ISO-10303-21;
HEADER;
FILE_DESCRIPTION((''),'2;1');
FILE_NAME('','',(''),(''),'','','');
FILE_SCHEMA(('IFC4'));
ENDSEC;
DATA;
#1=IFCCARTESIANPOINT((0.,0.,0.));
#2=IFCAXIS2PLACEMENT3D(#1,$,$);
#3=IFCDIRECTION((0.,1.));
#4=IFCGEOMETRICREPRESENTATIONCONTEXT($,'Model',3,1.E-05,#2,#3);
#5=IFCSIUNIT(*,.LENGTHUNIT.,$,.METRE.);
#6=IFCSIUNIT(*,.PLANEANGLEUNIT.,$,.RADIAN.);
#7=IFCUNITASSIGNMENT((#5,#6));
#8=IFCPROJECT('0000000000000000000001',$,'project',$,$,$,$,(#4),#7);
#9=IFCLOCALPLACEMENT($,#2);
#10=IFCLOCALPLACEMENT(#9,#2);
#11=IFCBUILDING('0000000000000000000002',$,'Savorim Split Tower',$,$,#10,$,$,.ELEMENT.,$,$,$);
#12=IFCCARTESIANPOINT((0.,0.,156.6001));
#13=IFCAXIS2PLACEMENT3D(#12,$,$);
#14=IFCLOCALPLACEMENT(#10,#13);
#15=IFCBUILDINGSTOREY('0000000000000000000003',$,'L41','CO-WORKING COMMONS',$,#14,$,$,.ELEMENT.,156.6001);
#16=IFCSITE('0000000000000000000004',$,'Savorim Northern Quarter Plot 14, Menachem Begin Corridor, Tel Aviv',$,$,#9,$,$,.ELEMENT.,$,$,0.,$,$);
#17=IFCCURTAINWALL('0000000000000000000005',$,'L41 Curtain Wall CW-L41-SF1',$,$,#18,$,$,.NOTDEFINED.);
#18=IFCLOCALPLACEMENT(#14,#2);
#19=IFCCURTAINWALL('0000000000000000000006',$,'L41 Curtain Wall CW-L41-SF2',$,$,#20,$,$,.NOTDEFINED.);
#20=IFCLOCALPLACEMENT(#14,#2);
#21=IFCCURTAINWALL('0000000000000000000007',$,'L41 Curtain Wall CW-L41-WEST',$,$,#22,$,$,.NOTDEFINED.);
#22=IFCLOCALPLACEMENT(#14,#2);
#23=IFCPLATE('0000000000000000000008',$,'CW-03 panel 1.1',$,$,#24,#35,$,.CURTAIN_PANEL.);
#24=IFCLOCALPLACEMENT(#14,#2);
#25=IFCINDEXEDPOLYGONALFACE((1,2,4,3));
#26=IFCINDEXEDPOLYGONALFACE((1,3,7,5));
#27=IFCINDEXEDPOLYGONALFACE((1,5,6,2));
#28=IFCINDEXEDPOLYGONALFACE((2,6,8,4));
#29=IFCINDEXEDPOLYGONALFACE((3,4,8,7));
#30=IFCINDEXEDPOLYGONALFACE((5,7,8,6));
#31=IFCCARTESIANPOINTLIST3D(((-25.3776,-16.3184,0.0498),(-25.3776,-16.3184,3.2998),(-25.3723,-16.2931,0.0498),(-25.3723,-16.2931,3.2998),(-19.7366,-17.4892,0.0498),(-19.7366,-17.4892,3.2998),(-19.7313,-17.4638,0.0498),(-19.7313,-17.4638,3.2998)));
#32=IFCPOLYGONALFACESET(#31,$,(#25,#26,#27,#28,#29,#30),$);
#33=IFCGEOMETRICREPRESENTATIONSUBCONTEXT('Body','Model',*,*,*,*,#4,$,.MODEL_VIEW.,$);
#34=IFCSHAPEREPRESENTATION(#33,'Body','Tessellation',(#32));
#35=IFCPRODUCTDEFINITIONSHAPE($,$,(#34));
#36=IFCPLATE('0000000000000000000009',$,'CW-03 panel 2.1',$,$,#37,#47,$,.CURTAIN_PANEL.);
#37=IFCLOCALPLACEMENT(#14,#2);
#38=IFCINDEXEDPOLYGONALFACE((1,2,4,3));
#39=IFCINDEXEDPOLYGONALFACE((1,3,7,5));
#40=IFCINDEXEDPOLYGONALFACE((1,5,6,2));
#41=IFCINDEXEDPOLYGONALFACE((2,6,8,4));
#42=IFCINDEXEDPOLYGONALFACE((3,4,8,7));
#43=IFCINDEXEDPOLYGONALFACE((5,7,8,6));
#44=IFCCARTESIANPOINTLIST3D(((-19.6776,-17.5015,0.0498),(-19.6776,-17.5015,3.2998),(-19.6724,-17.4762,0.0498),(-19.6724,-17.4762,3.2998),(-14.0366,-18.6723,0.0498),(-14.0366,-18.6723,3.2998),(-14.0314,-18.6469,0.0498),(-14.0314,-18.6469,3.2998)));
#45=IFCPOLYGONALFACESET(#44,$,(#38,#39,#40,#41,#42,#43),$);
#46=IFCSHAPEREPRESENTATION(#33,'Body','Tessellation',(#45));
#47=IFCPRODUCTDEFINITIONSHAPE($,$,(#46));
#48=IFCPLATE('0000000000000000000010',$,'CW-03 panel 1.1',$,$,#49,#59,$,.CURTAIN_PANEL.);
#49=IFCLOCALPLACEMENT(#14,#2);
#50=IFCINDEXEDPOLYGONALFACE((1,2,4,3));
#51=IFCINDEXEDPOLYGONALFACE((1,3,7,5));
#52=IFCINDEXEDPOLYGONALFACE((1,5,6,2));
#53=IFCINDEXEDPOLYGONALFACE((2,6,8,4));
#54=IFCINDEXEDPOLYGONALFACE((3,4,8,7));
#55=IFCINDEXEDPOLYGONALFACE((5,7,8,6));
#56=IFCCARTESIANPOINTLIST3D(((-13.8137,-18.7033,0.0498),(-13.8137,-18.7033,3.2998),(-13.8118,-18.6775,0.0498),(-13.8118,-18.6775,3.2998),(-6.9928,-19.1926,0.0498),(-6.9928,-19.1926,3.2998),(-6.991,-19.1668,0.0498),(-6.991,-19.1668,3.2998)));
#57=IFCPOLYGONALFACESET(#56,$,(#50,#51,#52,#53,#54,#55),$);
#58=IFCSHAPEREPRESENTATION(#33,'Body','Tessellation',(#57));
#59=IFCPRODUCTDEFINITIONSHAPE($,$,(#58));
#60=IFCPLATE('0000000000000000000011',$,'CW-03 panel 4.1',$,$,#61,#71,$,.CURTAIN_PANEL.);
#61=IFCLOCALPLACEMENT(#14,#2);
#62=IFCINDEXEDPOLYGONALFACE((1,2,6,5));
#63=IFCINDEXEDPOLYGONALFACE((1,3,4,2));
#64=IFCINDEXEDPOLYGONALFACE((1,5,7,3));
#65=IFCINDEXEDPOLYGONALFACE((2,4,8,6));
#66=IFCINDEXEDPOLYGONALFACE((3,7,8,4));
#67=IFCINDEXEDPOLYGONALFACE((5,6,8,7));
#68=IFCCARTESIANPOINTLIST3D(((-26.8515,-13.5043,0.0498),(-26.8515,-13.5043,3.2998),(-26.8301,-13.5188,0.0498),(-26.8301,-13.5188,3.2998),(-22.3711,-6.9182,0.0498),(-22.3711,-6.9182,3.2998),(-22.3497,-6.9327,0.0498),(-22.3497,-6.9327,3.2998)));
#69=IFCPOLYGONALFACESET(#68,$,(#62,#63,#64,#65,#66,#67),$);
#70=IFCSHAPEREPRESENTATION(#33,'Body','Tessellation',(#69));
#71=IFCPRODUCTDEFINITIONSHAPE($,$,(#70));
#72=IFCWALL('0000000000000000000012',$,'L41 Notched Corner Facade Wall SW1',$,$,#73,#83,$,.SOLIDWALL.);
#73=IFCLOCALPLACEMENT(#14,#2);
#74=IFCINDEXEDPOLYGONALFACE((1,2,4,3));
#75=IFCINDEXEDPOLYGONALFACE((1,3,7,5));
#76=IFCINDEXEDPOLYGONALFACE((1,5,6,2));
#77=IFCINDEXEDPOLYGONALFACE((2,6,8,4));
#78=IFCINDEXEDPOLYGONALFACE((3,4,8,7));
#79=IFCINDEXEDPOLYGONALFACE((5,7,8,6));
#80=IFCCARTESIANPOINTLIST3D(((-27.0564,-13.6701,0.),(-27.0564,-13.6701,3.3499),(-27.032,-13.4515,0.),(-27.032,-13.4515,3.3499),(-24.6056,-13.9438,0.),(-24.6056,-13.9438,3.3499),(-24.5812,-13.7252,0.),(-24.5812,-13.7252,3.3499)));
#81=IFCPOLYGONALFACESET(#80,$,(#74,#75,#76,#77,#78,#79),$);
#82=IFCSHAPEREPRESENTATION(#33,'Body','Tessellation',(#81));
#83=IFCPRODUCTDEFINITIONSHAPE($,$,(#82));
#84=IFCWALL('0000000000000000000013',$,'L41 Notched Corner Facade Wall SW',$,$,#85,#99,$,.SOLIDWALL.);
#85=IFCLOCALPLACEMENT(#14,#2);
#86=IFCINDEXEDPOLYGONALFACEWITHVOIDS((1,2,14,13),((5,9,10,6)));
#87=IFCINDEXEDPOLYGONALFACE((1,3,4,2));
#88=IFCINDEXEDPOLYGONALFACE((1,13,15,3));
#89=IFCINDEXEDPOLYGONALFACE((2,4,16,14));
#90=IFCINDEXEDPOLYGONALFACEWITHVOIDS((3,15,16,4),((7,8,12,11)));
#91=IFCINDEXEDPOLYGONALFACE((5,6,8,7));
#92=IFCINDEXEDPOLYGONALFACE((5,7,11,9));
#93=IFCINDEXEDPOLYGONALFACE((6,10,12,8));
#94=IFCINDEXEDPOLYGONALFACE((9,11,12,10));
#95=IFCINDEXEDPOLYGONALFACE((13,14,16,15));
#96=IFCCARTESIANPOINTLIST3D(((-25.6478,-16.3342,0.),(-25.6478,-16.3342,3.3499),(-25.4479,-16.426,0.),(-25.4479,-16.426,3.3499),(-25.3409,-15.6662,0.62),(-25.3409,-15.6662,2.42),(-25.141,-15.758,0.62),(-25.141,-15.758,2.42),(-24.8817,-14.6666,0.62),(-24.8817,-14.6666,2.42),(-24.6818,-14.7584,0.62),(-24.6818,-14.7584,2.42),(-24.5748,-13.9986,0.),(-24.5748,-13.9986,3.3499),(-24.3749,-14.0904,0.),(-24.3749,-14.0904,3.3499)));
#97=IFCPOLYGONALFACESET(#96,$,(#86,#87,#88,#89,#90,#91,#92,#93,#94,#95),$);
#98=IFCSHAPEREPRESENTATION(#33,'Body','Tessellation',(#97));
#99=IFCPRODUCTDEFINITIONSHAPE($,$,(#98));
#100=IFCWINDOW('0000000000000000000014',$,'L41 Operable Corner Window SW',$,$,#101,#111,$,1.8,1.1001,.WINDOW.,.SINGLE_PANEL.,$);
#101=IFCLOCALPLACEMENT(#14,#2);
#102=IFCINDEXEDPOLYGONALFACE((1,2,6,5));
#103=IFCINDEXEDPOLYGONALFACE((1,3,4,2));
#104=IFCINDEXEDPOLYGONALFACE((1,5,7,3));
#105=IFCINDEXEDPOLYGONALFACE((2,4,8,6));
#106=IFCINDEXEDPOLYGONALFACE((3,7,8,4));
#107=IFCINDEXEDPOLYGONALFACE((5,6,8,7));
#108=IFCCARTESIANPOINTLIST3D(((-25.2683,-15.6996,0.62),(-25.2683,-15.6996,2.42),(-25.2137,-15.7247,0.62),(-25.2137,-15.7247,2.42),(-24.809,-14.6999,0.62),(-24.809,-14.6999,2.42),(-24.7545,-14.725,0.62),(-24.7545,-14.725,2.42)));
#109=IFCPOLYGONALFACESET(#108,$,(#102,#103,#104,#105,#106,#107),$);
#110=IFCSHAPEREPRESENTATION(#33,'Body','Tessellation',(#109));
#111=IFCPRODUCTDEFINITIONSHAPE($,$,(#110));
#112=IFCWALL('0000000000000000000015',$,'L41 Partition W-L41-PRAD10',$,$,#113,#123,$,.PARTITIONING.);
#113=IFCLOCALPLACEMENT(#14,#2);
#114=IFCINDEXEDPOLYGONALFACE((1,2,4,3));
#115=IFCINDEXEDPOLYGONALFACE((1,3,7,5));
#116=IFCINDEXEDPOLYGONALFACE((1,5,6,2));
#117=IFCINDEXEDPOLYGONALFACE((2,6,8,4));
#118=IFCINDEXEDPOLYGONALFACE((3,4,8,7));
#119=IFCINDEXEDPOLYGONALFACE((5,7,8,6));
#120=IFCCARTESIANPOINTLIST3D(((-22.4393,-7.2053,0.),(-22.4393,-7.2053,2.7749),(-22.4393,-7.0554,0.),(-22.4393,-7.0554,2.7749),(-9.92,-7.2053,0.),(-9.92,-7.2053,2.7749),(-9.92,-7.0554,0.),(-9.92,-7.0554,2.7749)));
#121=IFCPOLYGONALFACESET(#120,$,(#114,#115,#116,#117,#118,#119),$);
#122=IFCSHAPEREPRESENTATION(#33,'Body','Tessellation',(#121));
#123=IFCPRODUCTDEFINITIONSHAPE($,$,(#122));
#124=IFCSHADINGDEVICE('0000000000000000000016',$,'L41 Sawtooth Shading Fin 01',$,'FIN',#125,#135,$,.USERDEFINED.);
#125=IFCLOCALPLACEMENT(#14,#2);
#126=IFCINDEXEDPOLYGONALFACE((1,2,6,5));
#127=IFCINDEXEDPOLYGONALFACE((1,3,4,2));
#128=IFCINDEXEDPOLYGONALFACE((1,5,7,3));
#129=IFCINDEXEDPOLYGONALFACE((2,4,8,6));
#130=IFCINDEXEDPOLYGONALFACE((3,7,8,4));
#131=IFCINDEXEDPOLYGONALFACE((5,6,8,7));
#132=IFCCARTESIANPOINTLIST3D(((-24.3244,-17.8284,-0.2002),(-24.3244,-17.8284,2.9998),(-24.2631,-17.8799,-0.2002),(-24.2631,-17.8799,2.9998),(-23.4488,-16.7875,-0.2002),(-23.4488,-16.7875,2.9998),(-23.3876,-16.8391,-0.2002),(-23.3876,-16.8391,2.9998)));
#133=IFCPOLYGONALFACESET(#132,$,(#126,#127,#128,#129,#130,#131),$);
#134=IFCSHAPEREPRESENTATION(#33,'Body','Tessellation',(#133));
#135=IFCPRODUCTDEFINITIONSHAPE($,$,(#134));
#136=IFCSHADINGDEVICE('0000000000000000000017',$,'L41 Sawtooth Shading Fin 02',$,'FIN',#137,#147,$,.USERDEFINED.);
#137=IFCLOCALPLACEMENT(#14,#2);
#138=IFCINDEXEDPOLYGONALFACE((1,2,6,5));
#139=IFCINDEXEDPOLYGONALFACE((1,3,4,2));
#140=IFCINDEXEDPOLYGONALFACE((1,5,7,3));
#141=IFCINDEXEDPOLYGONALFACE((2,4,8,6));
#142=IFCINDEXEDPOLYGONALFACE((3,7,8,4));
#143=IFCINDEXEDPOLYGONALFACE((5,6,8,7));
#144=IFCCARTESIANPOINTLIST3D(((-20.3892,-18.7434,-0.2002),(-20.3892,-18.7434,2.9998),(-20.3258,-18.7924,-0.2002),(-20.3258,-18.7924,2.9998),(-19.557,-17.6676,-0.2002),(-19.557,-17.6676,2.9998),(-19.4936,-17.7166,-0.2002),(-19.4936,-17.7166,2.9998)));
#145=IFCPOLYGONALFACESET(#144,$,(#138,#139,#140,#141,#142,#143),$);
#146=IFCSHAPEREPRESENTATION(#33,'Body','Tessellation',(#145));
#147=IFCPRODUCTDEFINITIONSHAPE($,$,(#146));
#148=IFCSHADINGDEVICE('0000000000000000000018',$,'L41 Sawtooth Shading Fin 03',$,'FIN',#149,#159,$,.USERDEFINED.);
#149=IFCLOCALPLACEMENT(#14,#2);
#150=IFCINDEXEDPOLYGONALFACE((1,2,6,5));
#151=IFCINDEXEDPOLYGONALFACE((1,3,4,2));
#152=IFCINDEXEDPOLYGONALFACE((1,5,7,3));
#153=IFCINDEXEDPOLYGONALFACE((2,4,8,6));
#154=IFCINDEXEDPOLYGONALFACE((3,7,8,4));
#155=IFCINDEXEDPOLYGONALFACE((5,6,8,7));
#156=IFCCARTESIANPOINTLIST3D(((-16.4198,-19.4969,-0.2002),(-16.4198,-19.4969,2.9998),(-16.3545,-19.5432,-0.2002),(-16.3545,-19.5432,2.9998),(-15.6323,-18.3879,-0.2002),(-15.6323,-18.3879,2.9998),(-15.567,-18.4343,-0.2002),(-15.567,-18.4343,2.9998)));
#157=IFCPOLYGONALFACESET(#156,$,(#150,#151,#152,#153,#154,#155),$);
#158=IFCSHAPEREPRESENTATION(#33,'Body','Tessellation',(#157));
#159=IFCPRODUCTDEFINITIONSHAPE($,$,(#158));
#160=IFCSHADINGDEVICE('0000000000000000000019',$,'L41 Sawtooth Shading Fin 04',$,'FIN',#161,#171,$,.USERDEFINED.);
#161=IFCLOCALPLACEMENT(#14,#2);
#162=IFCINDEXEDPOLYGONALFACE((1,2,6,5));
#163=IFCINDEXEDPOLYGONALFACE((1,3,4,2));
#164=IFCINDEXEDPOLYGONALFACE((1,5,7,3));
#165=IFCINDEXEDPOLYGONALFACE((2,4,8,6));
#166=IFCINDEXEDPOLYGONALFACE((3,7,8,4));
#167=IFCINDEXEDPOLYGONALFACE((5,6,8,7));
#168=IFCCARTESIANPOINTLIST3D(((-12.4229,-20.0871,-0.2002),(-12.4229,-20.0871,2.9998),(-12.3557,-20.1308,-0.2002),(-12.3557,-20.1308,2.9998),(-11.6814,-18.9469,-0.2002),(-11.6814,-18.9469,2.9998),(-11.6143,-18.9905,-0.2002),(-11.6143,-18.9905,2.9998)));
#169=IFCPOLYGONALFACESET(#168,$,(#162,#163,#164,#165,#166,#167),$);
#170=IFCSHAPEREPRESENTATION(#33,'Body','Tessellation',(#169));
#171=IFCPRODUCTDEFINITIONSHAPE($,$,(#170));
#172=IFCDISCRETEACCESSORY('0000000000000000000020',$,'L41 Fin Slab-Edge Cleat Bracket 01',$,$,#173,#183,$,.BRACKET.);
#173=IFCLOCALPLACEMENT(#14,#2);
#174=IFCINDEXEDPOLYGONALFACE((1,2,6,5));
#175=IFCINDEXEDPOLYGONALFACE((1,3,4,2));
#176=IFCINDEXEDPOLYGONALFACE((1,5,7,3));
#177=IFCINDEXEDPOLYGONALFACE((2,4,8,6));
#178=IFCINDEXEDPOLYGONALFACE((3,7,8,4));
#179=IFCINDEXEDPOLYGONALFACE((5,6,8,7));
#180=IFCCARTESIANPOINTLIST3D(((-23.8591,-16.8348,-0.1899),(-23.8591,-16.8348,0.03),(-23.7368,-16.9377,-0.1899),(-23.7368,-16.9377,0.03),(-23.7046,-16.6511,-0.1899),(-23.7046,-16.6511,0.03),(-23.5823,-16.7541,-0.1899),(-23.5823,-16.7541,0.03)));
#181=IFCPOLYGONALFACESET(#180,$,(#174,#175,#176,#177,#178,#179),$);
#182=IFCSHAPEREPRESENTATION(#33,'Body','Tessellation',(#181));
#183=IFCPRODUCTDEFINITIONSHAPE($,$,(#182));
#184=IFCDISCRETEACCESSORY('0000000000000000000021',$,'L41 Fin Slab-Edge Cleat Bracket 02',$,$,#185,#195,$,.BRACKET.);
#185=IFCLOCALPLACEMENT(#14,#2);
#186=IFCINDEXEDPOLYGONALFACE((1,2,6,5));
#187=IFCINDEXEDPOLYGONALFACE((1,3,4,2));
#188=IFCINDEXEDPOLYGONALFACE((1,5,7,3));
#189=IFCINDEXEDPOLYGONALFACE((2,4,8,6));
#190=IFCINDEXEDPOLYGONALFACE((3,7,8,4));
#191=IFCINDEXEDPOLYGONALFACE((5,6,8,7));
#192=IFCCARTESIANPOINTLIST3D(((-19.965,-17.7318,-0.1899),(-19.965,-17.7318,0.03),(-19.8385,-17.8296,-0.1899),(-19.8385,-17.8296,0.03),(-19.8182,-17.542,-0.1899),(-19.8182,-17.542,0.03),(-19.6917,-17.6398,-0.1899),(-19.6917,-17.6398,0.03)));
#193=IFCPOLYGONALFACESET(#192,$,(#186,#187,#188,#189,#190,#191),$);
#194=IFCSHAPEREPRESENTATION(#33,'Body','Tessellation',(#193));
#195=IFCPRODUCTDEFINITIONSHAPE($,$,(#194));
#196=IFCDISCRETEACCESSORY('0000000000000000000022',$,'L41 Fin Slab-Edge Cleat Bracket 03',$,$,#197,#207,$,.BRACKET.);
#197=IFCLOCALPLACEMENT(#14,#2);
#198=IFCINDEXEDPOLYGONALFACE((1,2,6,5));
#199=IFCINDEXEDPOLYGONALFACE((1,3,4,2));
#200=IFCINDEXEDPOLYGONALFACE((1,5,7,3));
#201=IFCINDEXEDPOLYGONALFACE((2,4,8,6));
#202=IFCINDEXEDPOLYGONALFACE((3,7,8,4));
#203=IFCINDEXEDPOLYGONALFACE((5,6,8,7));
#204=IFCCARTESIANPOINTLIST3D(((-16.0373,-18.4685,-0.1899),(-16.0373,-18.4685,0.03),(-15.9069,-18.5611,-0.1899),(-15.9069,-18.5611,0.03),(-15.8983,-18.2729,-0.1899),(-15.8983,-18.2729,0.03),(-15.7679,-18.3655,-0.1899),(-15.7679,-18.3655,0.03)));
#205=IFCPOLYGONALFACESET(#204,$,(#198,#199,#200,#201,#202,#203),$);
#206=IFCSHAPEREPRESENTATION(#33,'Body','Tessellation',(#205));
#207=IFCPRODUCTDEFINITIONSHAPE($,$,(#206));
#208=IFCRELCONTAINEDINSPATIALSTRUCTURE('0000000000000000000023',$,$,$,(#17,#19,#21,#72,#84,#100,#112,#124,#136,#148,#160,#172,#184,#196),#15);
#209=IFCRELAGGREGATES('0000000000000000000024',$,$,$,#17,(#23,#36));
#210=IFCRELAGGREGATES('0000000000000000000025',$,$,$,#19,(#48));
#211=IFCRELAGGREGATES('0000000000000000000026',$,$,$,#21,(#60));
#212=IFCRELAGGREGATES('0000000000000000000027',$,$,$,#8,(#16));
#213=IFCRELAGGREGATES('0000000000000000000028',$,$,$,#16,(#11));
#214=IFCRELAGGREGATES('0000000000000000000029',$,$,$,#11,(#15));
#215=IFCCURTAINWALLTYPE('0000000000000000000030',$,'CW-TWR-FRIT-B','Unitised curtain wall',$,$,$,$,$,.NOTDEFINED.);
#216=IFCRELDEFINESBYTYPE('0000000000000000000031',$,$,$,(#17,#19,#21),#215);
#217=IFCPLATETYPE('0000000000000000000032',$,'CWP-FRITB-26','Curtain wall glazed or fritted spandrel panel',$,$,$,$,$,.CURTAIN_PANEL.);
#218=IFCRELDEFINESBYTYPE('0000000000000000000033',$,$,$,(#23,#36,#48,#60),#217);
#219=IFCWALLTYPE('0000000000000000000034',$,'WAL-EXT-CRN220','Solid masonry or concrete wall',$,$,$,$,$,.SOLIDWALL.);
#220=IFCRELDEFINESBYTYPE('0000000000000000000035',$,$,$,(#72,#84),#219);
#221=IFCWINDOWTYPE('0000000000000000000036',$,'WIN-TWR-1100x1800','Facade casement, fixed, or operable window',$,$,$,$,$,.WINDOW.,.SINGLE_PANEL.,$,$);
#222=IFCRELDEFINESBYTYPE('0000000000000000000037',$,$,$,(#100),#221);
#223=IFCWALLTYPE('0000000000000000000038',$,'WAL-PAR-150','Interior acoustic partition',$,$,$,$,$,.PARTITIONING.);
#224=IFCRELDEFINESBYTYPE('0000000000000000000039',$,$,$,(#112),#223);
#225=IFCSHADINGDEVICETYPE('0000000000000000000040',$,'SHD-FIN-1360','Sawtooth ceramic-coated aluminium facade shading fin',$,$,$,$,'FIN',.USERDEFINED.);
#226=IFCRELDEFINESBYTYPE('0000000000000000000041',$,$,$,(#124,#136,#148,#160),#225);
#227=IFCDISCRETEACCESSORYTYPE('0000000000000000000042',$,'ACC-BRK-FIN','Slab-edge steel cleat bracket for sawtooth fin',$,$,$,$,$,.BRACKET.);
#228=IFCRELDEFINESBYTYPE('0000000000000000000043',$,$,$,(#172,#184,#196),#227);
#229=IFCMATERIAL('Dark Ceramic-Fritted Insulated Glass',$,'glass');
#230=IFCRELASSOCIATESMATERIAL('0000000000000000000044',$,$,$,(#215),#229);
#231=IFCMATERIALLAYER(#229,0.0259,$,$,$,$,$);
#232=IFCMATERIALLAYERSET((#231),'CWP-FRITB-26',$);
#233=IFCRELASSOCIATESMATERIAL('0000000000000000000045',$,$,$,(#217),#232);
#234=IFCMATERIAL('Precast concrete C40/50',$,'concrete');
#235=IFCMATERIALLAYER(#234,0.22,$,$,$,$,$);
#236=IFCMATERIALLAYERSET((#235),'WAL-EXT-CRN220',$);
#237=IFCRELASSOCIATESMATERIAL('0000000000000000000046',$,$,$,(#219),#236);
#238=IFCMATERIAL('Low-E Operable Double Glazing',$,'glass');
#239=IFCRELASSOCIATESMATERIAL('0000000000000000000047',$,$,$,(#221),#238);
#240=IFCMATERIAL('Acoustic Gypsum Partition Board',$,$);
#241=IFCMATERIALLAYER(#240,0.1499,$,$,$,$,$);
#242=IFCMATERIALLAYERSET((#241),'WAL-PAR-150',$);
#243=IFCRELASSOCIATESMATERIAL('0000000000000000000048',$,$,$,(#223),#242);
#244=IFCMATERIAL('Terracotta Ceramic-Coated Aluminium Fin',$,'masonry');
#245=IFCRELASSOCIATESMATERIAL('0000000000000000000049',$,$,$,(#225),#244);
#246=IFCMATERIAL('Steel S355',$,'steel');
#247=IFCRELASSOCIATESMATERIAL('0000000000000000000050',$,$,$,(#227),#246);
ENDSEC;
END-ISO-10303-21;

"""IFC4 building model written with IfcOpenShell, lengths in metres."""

from ifc_helpers import new_model, si_unit, direction, frame, frame_2d, origin, origin_2d, place, context, subcontext, project, spatial, rectangle, extrude, material, layer, layer_set, type_object, element, fill, aggregate, save


model = new_model("IFC4")

# Units and contexts
model_context = context("Model", 3, precision=1e-05, world=origin(), true_north=direction((0.0, 1.0)))
body_context = subcontext(model_context, "Body", "Model", "MODEL_VIEW")
ifc_project = project(units=[si_unit("LENGTHUNIT", "METRE"), si_unit("PLANEANGLEUNIT", "RADIAN")], contexts=[model_context])

# Site, building, storey
site_placement = place(None, origin())
site = spatial("IfcSite", under=ifc_project, at=site_placement, Name="Savorim Northern Quarter Plot 14, Menachem Begin Corridor, Tel Aviv", CompositionType="ELEMENT", RefElevation=0.0)
building_placement = place(site_placement, origin())
building = spatial("IfcBuilding", under=site, at=building_placement, Name="Savorim Split Tower", CompositionType="ELEMENT")
storey_placement = place(building_placement, frame((0.0, 0.0, 156.6001)))
storey = spatial("IfcBuildingStorey", under=building, at=storey_placement, Name="L41", Description="CO-WORKING COMMONS", CompositionType="ELEMENT", Elevation=156.6001)

# Shared definitions
ifc_material_1 = material(Name="Steel S355", Category="steel")

# Curtain wall
ifc_material_2 = material(Name="Dark Ceramic-Fritted Insulated Glass", Category="glass")
curtain_wall_type = type_object("IfcCurtainWallType", Name="CW-TWR-FRIT-B", Description="Unitised curtain wall", PredefinedType="NOTDEFINED", material=ifc_material_2)
curtain_wall_1_placement = place(storey_placement, origin())
curtain_wall_1 = element("IfcCurtainWall", 1, at=curtain_wall_1_placement, inside=storey, type_object=curtain_wall_type, Name="L41 Curtain Wall CW-L41-SF1", PredefinedType="NOTDEFINED")

# Curtain wall
curtain_wall_2_placement = place(storey_placement, origin())
curtain_wall_2 = element("IfcCurtainWall", 2, at=curtain_wall_2_placement, inside=storey, type_object=curtain_wall_type, Name="L41 Curtain Wall CW-L41-SF2", PredefinedType="NOTDEFINED")

# Curtain wall
curtain_wall_3_placement = place(storey_placement, origin())
curtain_wall_3 = element("IfcCurtainWall", 3, at=curtain_wall_3_placement, inside=storey, type_object=curtain_wall_type, Name="L41 Curtain Wall CW-L41-WEST", PredefinedType="NOTDEFINED")

# Plates
ifc_layer_1 = layer(ifc_material_2, 0.0259)
ifc_layer_set_1 = layer_set([ifc_layer_1], Name="CWP-FRITB-26")
plate_type = type_object("IfcPlateType", Name="CWP-FRITB-26", Description="Curtain wall glazed or fritted spandrel panel", PredefinedType="CURTAIN_PANEL", material=ifc_layer_set_1)
plate_1_placement = place(storey_placement, frame((-22.5544, -16.8911, 0.0498), z_axis=(0.0, 0.0, 1.0), x_axis=(0.979135, -0.20321, 0.0)))
plate_1 = element("IfcPlate", 4, at=plate_1_placement, type_object=plate_type, Name="CW-03 panel 1.1", PredefinedType="CURTAIN_PANEL", context=body_context, shape_type="SweptSolid", body=[
    extrude(rectangle(XDim=5.7612, YDim=0.0259, at=origin_2d()), origin(), (0.0, 0.0, 1.0), 3.25),
])
plate_2_placement = place(storey_placement, frame((-16.8545, -18.0742, 0.0498), z_axis=(0.0, 0.0, 1.0), x_axis=(0.979135, -0.20321, 0.0)))
plate_2 = element("IfcPlate", 5, at=plate_2_placement, type_object=plate_type, Name="CW-03 panel 2.1", PredefinedType="CURTAIN_PANEL", context=body_context, shape_type="SweptSolid", body=[
    extrude(rectangle(XDim=5.7612, YDim=0.0259, at=origin_2d()), origin(), (0.0, 0.0, 1.0), 3.25),
])
aggregate(curtain_wall_1, [plate_1, plate_2])
plate_3_placement = place(storey_placement, frame((-10.4023, -18.9351, 0.0498), z_axis=(0.0, 0.0, 1.0), x_axis=(0.997436, -0.071561, 0.0)))
plate_3 = element("IfcPlate", 6, at=plate_3_placement, type_object=plate_type, Name="CW-03 panel 1.1", PredefinedType="CURTAIN_PANEL", context=body_context, shape_type="SweptSolid", body=[
    extrude(rectangle(XDim=6.8384, YDim=0.0259, at=origin_2d()), origin(), (0.0, 0.0, 1.0), 3.25),
])
aggregate(curtain_wall_2, [plate_3])
plate_4_placement = place(storey_placement, frame((-24.6006, -10.2185, 0.0498), z_axis=(0.0, 0.0, 1.0), x_axis=(-0.562466, -0.82682, 0.0)))
plate_4 = element("IfcPlate", 7, at=plate_4_placement, type_object=plate_type, Name="CW-03 panel 4.1", PredefinedType="CURTAIN_PANEL", context=body_context, shape_type="SweptSolid", body=[
    extrude(rectangle(XDim=7.9656, YDim=0.0259, at=origin_2d()), origin(), (0.0, 0.0, 1.0), 3.25),
])
aggregate(curtain_wall_3, [plate_4])

# Wall
ifc_material_3 = material(Name="Precast concrete C40/50", Category="concrete")
ifc_layer_2 = layer(ifc_material_3, 0.22)
ifc_layer_set_2 = layer_set([ifc_layer_2], Name="WAL-EXT-CRN220")
wall_type_1 = type_object("IfcWallType", Name="WAL-EXT-CRN220", Description="Solid masonry or concrete wall", PredefinedType="SOLIDWALL", material=ifc_layer_set_2)
wall_1_placement = place(storey_placement, frame((-24.5935, -13.8345, 0.0), z_axis=(0.0, 0.0, 1.0), x_axis=(-0.993823, 0.110975, 0.0)))
element("IfcWall", 8, at=wall_1_placement, inside=storey, type_object=wall_type_1, Name="L41 Notched Corner Facade Wall SW1", PredefinedType="SOLIDWALL", context=body_context, shape_type="SweptSolid", body=[
    extrude(rectangle(XDim=2.4661, YDim=0.22, at=frame_2d((1.2329, 0.0))), origin(), (0.0, 0.0, 1.0), 3.3499),
])

# Wall, opening, window
wall_2_placement = place(storey_placement, frame((-25.5479, -16.3801, 0.0), z_axis=(0.0, 0.0, 1.0), x_axis=(0.417449, 0.9087, 0.0)))
wall_2 = element("IfcWall", 9, at=wall_2_placement, inside=storey, type_object=wall_type_1, Name="L41 Notched Corner Facade Wall SW", PredefinedType="SOLIDWALL", context=body_context, shape_type="SweptSolid", body=[
    extrude(rectangle(XDim=2.5703, YDim=0.22, at=frame_2d((1.2852, 0.0))), origin(), (0.0, 0.0, 1.0), 3.3499),
])
opening_placement = place(wall_2_placement, frame((0.7351, 0.0, 0.6201)))
opening = element("IfcOpeningElement", 10, at=opening_placement, cuts=wall_2, PredefinedType="OPENING", context=body_context, shape_type="SweptSolid", body=[
    extrude(rectangle(XDim=1.1001, YDim=1.8, at=frame_2d((0.55, 0.8999))), frame((0.0, 0.1199, 0.0), z_axis=(0.0, -1.0, 0.0), x_axis=(1.0, 0.0, 0.0)), (0.0, 0.0, 1.0), 0.24),
])
ifc_material_4 = material(Name="Low-E Operable Double Glazing", Category="glass")
window_type = type_object("IfcWindowType", Name="WIN-TWR-1100x1800", Description="Facade casement, fixed, or operable window", PartitioningType="SINGLE_PANEL", PredefinedType="WINDOW", material=ifc_material_4)
window_placement = place(opening_placement, origin())
window = element("IfcWindow", 11, at=window_placement, inside=storey, type_object=window_type, Name="L41 Operable Corner Window SW", OverallHeight=1.8, OverallWidth=1.1001, PartitioningType="SINGLE_PANEL", PredefinedType="WINDOW", context=body_context, shape_type="SweptSolid", body=[
    extrude(rectangle(XDim=1.1001, YDim=1.8, at=frame_2d((0.55, 0.8999))), frame((0.0, 0.03, 0.0), z_axis=(0.0, -1.0, 0.0), x_axis=(1.0, 0.0, 0.0)), (0.0, 0.0, 1.0), 0.0601),
])
fill(opening, window)

# Wall
ifc_material_5 = material(Name="Acoustic Gypsum Partition Board")
ifc_layer_3 = layer(ifc_material_5, 0.1499)
ifc_layer_set_3 = layer_set([ifc_layer_3], Name="WAL-PAR-150")
wall_type_2 = type_object("IfcWallType", Name="WAL-PAR-150", Description="Interior acoustic partition", PredefinedType="PARTITIONING", material=ifc_layer_set_3)
wall_3_placement = place(storey_placement, frame((-9.9199, -7.1304, 0.0), z_axis=(0.0, 0.0, 1.0), x_axis=(-1.0, 0.0, 0.0)))
element("IfcWall", 12, at=wall_3_placement, inside=storey, type_object=wall_type_2, Name="L41 Partition W-L41-PRAD10", PredefinedType="PARTITIONING", context=body_context, shape_type="SweptSolid", body=[
    extrude(rectangle(XDim=12.5193, YDim=0.1499, at=frame_2d((6.2598, 0.0))), origin(), (0.0, 0.0, 1.0), 2.7749),
])

# Shading devices
ifc_material_6 = material(Name="Terracotta Ceramic-Coated Aluminium Fin", Category="masonry")
shading_device_type = type_object("IfcShadingDeviceType", Name="SHD-FIN-1360", Description="Sawtooth ceramic-coated aluminium facade shading fin", ElementType="FIN", PredefinedType="USERDEFINED", material=ifc_material_6)
for number, where, z_axis, x_axis, name in (
    (13, (-23.856, -17.3337, -0.2002), (0.0, 0.0, 1.0), (-0.643719, -0.765262, 0.0), "L41 Sawtooth Shading Fin 01"),
    (14, (-19.9414, -18.23, -0.2002), (0.0, 0.0, 1.0), (-0.611868, -0.79096, 0.0), "L41 Sawtooth Shading Fin 02"),
    (15, (-15.9934, -18.9656, -0.2002), (0.0, 0.0, 1.0), (-0.578994, -0.815332, 0.0), "L41 Sawtooth Shading Fin 03"),
    (16, (-12.0186, -19.5388, -0.2002), (0.0, 0.0, 1.0), (-0.545148, -0.83834, 0.0), "L41 Sawtooth Shading Fin 04"),
):
    element("IfcShadingDevice", number, at=place(storey_placement, frame(where, z_axis=z_axis, x_axis=x_axis)), inside=storey, type_object=shading_device_type, Name=name, ObjectType="FIN", PredefinedType="USERDEFINED", context=body_context, shape_type="SweptSolid", body=[
        extrude(rectangle(XDim=1.3601, YDim=0.0801, at=origin_2d()), origin(), (0.0, 0.0, 1.0), 3.2),
    ])

# Discrete accessories
discrete_accessory_type = type_object("IfcDiscreteAccessoryType", Name="ACC-BRK-FIN", Description="Slab-edge steel cleat bracket for sawtooth fin", PredefinedType="BRACKET", material=ifc_material_1)
for number, where, z_axis, x_axis, name in (
    (17, (-23.7207, -16.7944, -0.1899), (0.0, 0.0, 1.0), (-0.643719, -0.765262, 0.0), "L41 Fin Slab-Edge Cleat Bracket 01"),
    (18, (-19.8284, -17.6858, -0.1899), (0.0, 0.0, 1.0), (-0.611868, -0.79096, 0.0), "L41 Fin Slab-Edge Cleat Bracket 02"),
    (19, (-15.9026, -18.417, -0.1899), (0.0, 0.0, 1.0), (-0.578994, -0.815332, 0.0), "L41 Fin Slab-Edge Cleat Bracket 03"),
):
    element("IfcDiscreteAccessory", number, at=place(storey_placement, frame(where, z_axis=z_axis, x_axis=x_axis)), inside=storey, type_object=discrete_accessory_type, Name=name, PredefinedType="BRACKET", context=body_context, shape_type="SweptSolid", body=[
        extrude(rectangle(XDim=0.24, YDim=0.1599, at=origin_2d()), origin(), (0.0, 0.0, 1.0), 0.22),
    ])

save(model, "model.ifc")
